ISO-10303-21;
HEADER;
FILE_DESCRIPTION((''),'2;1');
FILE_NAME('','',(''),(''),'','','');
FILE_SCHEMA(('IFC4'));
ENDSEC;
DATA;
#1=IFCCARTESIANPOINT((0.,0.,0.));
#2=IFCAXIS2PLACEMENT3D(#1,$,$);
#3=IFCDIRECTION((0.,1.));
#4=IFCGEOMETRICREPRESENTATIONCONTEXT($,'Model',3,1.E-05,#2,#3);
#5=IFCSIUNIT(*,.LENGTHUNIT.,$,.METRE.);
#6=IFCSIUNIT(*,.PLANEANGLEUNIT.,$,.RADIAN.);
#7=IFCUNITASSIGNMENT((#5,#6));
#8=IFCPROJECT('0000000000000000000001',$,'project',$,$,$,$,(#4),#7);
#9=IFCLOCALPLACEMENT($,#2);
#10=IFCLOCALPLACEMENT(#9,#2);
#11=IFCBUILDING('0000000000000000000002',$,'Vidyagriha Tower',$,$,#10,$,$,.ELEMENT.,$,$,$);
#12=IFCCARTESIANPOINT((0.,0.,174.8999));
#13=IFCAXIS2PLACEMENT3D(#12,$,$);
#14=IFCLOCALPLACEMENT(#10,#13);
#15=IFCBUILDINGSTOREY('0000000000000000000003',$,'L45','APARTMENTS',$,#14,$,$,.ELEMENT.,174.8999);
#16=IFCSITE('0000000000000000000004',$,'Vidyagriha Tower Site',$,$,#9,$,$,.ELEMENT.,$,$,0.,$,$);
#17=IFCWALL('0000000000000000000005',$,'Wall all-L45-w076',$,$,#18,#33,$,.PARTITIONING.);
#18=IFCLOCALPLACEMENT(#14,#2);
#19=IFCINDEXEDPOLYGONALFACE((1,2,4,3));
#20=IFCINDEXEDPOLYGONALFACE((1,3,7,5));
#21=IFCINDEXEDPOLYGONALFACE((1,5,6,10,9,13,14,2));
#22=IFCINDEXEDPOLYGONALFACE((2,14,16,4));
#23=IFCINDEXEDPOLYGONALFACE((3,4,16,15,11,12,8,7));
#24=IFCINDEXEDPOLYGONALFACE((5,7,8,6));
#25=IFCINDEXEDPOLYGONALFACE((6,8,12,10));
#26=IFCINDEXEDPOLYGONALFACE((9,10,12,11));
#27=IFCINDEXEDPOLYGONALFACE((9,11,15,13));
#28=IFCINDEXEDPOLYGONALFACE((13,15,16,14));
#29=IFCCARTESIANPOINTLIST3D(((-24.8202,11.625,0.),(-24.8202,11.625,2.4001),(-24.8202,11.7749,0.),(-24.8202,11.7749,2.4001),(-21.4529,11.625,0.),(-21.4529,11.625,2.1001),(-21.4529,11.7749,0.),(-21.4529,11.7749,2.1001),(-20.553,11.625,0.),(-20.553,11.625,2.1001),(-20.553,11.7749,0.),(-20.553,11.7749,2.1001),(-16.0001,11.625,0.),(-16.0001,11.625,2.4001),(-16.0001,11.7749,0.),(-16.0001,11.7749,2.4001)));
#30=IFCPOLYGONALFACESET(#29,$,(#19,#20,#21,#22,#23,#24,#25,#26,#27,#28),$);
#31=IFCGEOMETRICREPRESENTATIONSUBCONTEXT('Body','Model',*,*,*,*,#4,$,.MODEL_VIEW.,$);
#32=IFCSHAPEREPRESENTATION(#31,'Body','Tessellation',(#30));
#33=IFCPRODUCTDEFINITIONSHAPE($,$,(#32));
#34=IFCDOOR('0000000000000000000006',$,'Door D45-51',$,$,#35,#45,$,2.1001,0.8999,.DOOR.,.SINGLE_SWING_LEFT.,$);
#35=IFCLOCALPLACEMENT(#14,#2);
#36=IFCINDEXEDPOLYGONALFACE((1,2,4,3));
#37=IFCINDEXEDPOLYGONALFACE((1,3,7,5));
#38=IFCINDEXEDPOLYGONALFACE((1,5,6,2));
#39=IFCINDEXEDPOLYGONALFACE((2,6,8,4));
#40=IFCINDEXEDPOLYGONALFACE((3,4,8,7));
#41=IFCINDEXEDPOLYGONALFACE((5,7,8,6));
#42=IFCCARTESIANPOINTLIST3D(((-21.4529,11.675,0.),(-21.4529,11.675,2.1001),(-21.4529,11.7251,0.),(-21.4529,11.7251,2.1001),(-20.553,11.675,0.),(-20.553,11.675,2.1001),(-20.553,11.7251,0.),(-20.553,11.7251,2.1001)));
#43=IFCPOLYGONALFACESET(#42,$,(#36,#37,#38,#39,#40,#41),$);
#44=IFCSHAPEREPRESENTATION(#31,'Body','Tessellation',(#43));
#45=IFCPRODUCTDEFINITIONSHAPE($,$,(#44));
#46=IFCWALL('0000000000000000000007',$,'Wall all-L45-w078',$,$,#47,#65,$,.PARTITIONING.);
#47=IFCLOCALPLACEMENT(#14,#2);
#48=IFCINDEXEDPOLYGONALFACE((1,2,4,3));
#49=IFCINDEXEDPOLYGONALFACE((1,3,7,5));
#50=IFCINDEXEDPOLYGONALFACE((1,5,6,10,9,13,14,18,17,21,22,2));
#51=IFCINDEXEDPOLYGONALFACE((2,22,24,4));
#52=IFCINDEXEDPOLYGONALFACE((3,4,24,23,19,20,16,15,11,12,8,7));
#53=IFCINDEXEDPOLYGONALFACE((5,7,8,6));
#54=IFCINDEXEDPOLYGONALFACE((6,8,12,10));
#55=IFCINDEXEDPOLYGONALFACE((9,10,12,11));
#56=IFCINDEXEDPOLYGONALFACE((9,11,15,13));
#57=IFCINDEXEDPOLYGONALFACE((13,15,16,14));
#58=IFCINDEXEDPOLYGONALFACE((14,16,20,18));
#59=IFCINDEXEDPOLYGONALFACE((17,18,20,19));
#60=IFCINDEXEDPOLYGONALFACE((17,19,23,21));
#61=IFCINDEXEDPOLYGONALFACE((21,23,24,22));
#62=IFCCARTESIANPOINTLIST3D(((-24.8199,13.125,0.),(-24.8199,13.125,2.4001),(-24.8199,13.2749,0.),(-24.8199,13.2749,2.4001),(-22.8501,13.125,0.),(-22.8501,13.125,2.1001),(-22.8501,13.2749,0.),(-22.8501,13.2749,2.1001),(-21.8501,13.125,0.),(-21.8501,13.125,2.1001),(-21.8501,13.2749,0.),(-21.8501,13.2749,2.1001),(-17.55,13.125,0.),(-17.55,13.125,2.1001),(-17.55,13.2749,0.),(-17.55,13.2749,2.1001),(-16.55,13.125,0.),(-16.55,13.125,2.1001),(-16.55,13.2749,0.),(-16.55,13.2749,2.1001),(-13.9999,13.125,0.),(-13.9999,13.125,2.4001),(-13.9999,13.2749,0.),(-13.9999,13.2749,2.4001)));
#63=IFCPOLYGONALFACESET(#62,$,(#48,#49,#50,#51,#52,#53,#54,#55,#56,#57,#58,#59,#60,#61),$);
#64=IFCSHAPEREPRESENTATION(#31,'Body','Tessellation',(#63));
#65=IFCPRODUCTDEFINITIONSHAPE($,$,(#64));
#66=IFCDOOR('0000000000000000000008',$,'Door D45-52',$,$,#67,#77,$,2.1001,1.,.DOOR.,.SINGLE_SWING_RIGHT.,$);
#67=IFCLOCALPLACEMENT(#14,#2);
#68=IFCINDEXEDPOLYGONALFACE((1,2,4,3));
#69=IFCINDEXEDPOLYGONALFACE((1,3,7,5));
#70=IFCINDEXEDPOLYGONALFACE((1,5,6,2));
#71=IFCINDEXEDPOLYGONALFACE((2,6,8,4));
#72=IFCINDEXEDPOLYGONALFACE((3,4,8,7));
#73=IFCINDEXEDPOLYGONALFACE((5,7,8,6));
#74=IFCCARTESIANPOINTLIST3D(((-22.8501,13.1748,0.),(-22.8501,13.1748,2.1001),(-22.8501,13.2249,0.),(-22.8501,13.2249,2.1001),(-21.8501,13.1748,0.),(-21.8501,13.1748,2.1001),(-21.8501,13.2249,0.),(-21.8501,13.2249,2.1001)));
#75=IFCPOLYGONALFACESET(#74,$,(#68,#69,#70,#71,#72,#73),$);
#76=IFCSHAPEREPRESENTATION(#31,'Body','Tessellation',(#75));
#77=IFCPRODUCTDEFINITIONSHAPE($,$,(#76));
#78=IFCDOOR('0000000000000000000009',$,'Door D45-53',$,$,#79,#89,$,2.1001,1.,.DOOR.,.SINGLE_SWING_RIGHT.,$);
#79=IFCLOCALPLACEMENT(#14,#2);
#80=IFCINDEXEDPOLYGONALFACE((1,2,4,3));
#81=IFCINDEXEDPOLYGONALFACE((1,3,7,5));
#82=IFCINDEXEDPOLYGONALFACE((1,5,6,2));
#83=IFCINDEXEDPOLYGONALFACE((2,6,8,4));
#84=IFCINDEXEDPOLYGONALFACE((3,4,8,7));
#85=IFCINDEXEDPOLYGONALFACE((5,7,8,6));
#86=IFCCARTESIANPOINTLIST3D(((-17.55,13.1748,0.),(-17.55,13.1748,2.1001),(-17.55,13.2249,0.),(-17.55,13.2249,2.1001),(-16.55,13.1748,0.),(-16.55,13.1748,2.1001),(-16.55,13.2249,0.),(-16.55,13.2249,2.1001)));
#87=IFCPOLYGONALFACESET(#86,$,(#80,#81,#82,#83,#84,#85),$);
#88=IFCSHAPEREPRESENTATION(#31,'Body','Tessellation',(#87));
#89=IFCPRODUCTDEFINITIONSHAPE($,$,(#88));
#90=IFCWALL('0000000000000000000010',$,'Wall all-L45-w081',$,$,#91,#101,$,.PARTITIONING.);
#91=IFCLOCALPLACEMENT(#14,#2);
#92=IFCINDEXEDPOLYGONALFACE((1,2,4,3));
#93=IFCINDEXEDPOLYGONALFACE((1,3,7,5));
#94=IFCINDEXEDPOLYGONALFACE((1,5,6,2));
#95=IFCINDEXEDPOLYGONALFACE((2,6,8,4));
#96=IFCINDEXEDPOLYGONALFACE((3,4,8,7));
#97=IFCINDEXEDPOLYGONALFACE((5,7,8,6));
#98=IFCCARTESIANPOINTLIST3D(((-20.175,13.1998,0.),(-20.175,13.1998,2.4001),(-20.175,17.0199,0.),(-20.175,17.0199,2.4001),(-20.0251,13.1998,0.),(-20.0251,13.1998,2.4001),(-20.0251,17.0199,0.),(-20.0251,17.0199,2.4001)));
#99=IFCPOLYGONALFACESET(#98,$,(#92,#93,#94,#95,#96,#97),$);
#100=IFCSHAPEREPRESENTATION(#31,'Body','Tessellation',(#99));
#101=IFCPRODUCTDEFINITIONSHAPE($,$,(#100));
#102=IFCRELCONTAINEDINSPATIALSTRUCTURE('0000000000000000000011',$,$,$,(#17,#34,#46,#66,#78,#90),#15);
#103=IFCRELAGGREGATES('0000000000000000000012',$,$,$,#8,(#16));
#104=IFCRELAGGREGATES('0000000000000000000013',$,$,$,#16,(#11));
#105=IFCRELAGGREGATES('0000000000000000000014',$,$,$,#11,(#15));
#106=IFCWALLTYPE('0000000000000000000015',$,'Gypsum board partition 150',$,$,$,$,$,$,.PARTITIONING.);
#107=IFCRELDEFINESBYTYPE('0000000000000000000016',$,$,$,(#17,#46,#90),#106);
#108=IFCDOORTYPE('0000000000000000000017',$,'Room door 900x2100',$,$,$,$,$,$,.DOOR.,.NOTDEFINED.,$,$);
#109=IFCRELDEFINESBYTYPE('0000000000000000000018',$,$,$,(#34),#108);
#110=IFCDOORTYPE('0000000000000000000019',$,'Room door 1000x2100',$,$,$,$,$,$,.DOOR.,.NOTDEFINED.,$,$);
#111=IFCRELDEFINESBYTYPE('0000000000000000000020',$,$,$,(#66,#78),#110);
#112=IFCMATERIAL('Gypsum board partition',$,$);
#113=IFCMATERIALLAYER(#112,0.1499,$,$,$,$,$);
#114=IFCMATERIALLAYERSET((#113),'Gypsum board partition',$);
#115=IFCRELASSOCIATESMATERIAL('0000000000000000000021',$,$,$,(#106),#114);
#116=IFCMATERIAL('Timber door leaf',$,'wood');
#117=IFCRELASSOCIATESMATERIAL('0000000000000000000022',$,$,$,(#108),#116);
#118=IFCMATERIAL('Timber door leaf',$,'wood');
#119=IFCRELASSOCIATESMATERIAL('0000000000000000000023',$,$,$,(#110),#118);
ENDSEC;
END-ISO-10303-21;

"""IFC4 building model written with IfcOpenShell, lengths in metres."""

from ifc_helpers import new_model, si_unit, direction, frame, frame_2d, origin, place, context, subcontext, project, spatial, rectangle, extrude, material, layer, layer_set, type_object, element, fill, save


model = new_model("IFC4")

# Units and contexts
model_context = context("Model", 3, precision=1e-05, world=origin(), true_north=direction((0.0, 1.0)))
body_context = subcontext(model_context, "Body", "Model", "MODEL_VIEW")
ifc_project = project(units=[si_unit("LENGTHUNIT", "METRE"), si_unit("PLANEANGLEUNIT", "RADIAN")], contexts=[model_context])

# Site, building, storey
site_placement = place(None, origin())
site = spatial("IfcSite", under=ifc_project, at=site_placement, Name="Vidyagriha Tower Site", CompositionType="ELEMENT", RefElevation=0.0)
building_placement = place(site_placement, origin())
building = spatial("IfcBuilding", under=site, at=building_placement, Name="Vidyagriha Tower", CompositionType="ELEMENT")
storey_placement = place(building_placement, frame((0.0, 0.0, 174.8999)))
storey = spatial("IfcBuildingStorey", under=building, at=storey_placement, Name="L45", Description="APARTMENTS", CompositionType="ELEMENT", Elevation=174.8999)

# Wall, opening, door
ifc_material_1 = material(Name="Gypsum board partition")
ifc_layer_1 = layer(ifc_material_1, 0.1499)
ifc_layer_set_1 = layer_set([ifc_layer_1], Name="Gypsum board partition")
wall_type_1 = type_object("IfcWallType", Name="Gypsum board partition 150", PredefinedType="PARTITIONING", material=ifc_layer_set_1)
wall_1_placement = place(storey_placement, frame((-16.0, 11.7, 0.0), z_axis=(0.0, 0.0, 1.0), x_axis=(-1.0, 0.0, 0.0)))
wall_1 = element("IfcWall", 1, at=wall_1_placement, inside=storey, type_object=wall_type_1, Name="Wall all-L45-w076", PredefinedType="PARTITIONING", context=body_context, shape_type="SweptSolid", body=[
    extrude(rectangle(XDim=8.8201, YDim=0.1499, at=frame_2d((4.4102, 0.0))), origin(), (0.0, 0.0, 1.0), 2.4001),
])
opening_1_placement = place(wall_1_placement, frame((4.553, 0.0, 0.0)))
opening_1 = element("IfcOpeningElement", 2, at=opening_1_placement, cuts=wall_1, PredefinedType="OPENING", context=body_context, shape_type="SweptSolid", body=[
    extrude(rectangle(XDim=0.8999, YDim=2.1001, at=frame_2d((0.45, 1.05))), frame((0.0, 0.085, 0.0), z_axis=(0.0, -1.0, 0.0), x_axis=(1.0, 0.0, 0.0)), (0.0, 0.0, 1.0), 0.1699),
])
ifc_material_2 = material(Name="Timber door leaf", Category="wood")
door_type_1 = type_object("IfcDoorType", Name="Room door 900x2100", OperationType="NOTDEFINED", PredefinedType="DOOR", material=ifc_material_2)
door_1_placement = place(opening_1_placement, origin())
door_1 = element("IfcDoor", 3, at=door_1_placement, inside=storey, type_object=door_type_1, Name="Door D45-51", OperationType="SINGLE_SWING_LEFT", OverallHeight=2.1001, OverallWidth=0.8999, PredefinedType="DOOR", context=body_context, shape_type="SweptSolid", body=[
    extrude(rectangle(XDim=0.8999, YDim=2.1001, at=frame_2d((0.45, 1.05))), frame((0.0, 0.0249, 0.0), z_axis=(0.0, -1.0, 0.0), x_axis=(1.0, 0.0, 0.0)), (0.0, 0.0, 1.0), 0.05),
])
fill(opening_1, door_1)

# Wall, openings, doors
wall_2_placement = place(storey_placement, frame((-24.8201, 13.2, 0.0)))
wall_2 = element("IfcWall", 4, at=wall_2_placement, inside=storey, type_object=wall_type_1, Name="Wall all-L45-w078", PredefinedType="PARTITIONING", context=body_context, shape_type="SweptSolid", body=[
    extrude(rectangle(XDim=10.8201, YDim=0.1499, at=frame_2d((5.4102, 0.0))), origin(), (0.0, 0.0, 1.0), 2.4001),
])
opening_2_placement = place(wall_2_placement, frame((1.97, 0.0, 0.0)))
opening_2 = element("IfcOpeningElement", 5, at=opening_2_placement, cuts=wall_2, PredefinedType="OPENING", context=body_context, shape_type="SweptSolid", body=[
    extrude(rectangle(XDim=1.0, YDim=2.1001, at=frame_2d((0.5, 1.05))), frame((0.0, 0.085, 0.0), z_axis=(0.0, -1.0, 0.0), x_axis=(1.0, 0.0, 0.0)), (0.0, 0.0, 1.0), 0.1699),
])
opening_3_placement = place(wall_2_placement, frame((7.27, 0.0, 0.0)))
opening_3 = element("IfcOpeningElement", 6, at=opening_3_placement, cuts=wall_2, PredefinedType="OPENING", context=body_context, shape_type="SweptSolid", body=[
    extrude(rectangle(XDim=1.0, YDim=2.1001, at=frame_2d((0.5, 1.05))), frame((0.0, 0.085, 0.0), z_axis=(0.0, -1.0, 0.0), x_axis=(1.0, 0.0, 0.0)), (0.0, 0.0, 1.0), 0.1699),
])
ifc_material_3 = material(Name="Timber door leaf", Category="wood")
door_type_2 = type_object("IfcDoorType", Name="Room door 1000x2100", OperationType="NOTDEFINED", PredefinedType="DOOR", material=ifc_material_3)
door_2_placement = place(opening_2_placement, origin())
door_2 = element("IfcDoor", 7, at=door_2_placement, inside=storey, type_object=door_type_2, Name="Door D45-52", OperationType="SINGLE_SWING_RIGHT", OverallHeight=2.1001, OverallWidth=1.0, PredefinedType="DOOR", context=body_context, shape_type="SweptSolid", body=[
    extrude(rectangle(XDim=1.0, YDim=2.1001, at=frame_2d((0.5, 1.05))), frame((0.0, 0.0249, 0.0), z_axis=(0.0, -1.0, 0.0), x_axis=(1.0, 0.0, 0.0)), (0.0, 0.0, 1.0), 0.05),
])
fill(opening_2, door_2)
door_3_placement = place(opening_3_placement, origin())
door_3 = element("IfcDoor", 8, at=door_3_placement, inside=storey, type_object=door_type_2, Name="Door D45-53", OperationType="SINGLE_SWING_RIGHT", OverallHeight=2.1001, OverallWidth=1.0, PredefinedType="DOOR", context=body_context, shape_type="SweptSolid", body=[
    extrude(rectangle(XDim=1.0, YDim=2.1001, at=frame_2d((0.5, 1.05))), frame((0.0, 0.0249, 0.0), z_axis=(0.0, -1.0, 0.0), x_axis=(1.0, 0.0, 0.0)), (0.0, 0.0, 1.0), 0.05),
])
fill(opening_3, door_3)

# Wall
wall_3_placement = place(storey_placement, frame((-20.1001, 17.02, 0.0), z_axis=(0.0, 0.0, 1.0), x_axis=(0.0, -1.0, 0.0)))
element("IfcWall", 9, at=wall_3_placement, inside=storey, type_object=wall_type_1, Name="Wall all-L45-w081", PredefinedType="PARTITIONING", context=body_context, shape_type="SweptSolid", body=[
    extrude(rectangle(XDim=3.8201, YDim=0.1499, at=frame_2d((1.9102, 0.0))), origin(), (0.0, 0.0, 1.0), 2.4001),
])

save(model, "model.ifc")
